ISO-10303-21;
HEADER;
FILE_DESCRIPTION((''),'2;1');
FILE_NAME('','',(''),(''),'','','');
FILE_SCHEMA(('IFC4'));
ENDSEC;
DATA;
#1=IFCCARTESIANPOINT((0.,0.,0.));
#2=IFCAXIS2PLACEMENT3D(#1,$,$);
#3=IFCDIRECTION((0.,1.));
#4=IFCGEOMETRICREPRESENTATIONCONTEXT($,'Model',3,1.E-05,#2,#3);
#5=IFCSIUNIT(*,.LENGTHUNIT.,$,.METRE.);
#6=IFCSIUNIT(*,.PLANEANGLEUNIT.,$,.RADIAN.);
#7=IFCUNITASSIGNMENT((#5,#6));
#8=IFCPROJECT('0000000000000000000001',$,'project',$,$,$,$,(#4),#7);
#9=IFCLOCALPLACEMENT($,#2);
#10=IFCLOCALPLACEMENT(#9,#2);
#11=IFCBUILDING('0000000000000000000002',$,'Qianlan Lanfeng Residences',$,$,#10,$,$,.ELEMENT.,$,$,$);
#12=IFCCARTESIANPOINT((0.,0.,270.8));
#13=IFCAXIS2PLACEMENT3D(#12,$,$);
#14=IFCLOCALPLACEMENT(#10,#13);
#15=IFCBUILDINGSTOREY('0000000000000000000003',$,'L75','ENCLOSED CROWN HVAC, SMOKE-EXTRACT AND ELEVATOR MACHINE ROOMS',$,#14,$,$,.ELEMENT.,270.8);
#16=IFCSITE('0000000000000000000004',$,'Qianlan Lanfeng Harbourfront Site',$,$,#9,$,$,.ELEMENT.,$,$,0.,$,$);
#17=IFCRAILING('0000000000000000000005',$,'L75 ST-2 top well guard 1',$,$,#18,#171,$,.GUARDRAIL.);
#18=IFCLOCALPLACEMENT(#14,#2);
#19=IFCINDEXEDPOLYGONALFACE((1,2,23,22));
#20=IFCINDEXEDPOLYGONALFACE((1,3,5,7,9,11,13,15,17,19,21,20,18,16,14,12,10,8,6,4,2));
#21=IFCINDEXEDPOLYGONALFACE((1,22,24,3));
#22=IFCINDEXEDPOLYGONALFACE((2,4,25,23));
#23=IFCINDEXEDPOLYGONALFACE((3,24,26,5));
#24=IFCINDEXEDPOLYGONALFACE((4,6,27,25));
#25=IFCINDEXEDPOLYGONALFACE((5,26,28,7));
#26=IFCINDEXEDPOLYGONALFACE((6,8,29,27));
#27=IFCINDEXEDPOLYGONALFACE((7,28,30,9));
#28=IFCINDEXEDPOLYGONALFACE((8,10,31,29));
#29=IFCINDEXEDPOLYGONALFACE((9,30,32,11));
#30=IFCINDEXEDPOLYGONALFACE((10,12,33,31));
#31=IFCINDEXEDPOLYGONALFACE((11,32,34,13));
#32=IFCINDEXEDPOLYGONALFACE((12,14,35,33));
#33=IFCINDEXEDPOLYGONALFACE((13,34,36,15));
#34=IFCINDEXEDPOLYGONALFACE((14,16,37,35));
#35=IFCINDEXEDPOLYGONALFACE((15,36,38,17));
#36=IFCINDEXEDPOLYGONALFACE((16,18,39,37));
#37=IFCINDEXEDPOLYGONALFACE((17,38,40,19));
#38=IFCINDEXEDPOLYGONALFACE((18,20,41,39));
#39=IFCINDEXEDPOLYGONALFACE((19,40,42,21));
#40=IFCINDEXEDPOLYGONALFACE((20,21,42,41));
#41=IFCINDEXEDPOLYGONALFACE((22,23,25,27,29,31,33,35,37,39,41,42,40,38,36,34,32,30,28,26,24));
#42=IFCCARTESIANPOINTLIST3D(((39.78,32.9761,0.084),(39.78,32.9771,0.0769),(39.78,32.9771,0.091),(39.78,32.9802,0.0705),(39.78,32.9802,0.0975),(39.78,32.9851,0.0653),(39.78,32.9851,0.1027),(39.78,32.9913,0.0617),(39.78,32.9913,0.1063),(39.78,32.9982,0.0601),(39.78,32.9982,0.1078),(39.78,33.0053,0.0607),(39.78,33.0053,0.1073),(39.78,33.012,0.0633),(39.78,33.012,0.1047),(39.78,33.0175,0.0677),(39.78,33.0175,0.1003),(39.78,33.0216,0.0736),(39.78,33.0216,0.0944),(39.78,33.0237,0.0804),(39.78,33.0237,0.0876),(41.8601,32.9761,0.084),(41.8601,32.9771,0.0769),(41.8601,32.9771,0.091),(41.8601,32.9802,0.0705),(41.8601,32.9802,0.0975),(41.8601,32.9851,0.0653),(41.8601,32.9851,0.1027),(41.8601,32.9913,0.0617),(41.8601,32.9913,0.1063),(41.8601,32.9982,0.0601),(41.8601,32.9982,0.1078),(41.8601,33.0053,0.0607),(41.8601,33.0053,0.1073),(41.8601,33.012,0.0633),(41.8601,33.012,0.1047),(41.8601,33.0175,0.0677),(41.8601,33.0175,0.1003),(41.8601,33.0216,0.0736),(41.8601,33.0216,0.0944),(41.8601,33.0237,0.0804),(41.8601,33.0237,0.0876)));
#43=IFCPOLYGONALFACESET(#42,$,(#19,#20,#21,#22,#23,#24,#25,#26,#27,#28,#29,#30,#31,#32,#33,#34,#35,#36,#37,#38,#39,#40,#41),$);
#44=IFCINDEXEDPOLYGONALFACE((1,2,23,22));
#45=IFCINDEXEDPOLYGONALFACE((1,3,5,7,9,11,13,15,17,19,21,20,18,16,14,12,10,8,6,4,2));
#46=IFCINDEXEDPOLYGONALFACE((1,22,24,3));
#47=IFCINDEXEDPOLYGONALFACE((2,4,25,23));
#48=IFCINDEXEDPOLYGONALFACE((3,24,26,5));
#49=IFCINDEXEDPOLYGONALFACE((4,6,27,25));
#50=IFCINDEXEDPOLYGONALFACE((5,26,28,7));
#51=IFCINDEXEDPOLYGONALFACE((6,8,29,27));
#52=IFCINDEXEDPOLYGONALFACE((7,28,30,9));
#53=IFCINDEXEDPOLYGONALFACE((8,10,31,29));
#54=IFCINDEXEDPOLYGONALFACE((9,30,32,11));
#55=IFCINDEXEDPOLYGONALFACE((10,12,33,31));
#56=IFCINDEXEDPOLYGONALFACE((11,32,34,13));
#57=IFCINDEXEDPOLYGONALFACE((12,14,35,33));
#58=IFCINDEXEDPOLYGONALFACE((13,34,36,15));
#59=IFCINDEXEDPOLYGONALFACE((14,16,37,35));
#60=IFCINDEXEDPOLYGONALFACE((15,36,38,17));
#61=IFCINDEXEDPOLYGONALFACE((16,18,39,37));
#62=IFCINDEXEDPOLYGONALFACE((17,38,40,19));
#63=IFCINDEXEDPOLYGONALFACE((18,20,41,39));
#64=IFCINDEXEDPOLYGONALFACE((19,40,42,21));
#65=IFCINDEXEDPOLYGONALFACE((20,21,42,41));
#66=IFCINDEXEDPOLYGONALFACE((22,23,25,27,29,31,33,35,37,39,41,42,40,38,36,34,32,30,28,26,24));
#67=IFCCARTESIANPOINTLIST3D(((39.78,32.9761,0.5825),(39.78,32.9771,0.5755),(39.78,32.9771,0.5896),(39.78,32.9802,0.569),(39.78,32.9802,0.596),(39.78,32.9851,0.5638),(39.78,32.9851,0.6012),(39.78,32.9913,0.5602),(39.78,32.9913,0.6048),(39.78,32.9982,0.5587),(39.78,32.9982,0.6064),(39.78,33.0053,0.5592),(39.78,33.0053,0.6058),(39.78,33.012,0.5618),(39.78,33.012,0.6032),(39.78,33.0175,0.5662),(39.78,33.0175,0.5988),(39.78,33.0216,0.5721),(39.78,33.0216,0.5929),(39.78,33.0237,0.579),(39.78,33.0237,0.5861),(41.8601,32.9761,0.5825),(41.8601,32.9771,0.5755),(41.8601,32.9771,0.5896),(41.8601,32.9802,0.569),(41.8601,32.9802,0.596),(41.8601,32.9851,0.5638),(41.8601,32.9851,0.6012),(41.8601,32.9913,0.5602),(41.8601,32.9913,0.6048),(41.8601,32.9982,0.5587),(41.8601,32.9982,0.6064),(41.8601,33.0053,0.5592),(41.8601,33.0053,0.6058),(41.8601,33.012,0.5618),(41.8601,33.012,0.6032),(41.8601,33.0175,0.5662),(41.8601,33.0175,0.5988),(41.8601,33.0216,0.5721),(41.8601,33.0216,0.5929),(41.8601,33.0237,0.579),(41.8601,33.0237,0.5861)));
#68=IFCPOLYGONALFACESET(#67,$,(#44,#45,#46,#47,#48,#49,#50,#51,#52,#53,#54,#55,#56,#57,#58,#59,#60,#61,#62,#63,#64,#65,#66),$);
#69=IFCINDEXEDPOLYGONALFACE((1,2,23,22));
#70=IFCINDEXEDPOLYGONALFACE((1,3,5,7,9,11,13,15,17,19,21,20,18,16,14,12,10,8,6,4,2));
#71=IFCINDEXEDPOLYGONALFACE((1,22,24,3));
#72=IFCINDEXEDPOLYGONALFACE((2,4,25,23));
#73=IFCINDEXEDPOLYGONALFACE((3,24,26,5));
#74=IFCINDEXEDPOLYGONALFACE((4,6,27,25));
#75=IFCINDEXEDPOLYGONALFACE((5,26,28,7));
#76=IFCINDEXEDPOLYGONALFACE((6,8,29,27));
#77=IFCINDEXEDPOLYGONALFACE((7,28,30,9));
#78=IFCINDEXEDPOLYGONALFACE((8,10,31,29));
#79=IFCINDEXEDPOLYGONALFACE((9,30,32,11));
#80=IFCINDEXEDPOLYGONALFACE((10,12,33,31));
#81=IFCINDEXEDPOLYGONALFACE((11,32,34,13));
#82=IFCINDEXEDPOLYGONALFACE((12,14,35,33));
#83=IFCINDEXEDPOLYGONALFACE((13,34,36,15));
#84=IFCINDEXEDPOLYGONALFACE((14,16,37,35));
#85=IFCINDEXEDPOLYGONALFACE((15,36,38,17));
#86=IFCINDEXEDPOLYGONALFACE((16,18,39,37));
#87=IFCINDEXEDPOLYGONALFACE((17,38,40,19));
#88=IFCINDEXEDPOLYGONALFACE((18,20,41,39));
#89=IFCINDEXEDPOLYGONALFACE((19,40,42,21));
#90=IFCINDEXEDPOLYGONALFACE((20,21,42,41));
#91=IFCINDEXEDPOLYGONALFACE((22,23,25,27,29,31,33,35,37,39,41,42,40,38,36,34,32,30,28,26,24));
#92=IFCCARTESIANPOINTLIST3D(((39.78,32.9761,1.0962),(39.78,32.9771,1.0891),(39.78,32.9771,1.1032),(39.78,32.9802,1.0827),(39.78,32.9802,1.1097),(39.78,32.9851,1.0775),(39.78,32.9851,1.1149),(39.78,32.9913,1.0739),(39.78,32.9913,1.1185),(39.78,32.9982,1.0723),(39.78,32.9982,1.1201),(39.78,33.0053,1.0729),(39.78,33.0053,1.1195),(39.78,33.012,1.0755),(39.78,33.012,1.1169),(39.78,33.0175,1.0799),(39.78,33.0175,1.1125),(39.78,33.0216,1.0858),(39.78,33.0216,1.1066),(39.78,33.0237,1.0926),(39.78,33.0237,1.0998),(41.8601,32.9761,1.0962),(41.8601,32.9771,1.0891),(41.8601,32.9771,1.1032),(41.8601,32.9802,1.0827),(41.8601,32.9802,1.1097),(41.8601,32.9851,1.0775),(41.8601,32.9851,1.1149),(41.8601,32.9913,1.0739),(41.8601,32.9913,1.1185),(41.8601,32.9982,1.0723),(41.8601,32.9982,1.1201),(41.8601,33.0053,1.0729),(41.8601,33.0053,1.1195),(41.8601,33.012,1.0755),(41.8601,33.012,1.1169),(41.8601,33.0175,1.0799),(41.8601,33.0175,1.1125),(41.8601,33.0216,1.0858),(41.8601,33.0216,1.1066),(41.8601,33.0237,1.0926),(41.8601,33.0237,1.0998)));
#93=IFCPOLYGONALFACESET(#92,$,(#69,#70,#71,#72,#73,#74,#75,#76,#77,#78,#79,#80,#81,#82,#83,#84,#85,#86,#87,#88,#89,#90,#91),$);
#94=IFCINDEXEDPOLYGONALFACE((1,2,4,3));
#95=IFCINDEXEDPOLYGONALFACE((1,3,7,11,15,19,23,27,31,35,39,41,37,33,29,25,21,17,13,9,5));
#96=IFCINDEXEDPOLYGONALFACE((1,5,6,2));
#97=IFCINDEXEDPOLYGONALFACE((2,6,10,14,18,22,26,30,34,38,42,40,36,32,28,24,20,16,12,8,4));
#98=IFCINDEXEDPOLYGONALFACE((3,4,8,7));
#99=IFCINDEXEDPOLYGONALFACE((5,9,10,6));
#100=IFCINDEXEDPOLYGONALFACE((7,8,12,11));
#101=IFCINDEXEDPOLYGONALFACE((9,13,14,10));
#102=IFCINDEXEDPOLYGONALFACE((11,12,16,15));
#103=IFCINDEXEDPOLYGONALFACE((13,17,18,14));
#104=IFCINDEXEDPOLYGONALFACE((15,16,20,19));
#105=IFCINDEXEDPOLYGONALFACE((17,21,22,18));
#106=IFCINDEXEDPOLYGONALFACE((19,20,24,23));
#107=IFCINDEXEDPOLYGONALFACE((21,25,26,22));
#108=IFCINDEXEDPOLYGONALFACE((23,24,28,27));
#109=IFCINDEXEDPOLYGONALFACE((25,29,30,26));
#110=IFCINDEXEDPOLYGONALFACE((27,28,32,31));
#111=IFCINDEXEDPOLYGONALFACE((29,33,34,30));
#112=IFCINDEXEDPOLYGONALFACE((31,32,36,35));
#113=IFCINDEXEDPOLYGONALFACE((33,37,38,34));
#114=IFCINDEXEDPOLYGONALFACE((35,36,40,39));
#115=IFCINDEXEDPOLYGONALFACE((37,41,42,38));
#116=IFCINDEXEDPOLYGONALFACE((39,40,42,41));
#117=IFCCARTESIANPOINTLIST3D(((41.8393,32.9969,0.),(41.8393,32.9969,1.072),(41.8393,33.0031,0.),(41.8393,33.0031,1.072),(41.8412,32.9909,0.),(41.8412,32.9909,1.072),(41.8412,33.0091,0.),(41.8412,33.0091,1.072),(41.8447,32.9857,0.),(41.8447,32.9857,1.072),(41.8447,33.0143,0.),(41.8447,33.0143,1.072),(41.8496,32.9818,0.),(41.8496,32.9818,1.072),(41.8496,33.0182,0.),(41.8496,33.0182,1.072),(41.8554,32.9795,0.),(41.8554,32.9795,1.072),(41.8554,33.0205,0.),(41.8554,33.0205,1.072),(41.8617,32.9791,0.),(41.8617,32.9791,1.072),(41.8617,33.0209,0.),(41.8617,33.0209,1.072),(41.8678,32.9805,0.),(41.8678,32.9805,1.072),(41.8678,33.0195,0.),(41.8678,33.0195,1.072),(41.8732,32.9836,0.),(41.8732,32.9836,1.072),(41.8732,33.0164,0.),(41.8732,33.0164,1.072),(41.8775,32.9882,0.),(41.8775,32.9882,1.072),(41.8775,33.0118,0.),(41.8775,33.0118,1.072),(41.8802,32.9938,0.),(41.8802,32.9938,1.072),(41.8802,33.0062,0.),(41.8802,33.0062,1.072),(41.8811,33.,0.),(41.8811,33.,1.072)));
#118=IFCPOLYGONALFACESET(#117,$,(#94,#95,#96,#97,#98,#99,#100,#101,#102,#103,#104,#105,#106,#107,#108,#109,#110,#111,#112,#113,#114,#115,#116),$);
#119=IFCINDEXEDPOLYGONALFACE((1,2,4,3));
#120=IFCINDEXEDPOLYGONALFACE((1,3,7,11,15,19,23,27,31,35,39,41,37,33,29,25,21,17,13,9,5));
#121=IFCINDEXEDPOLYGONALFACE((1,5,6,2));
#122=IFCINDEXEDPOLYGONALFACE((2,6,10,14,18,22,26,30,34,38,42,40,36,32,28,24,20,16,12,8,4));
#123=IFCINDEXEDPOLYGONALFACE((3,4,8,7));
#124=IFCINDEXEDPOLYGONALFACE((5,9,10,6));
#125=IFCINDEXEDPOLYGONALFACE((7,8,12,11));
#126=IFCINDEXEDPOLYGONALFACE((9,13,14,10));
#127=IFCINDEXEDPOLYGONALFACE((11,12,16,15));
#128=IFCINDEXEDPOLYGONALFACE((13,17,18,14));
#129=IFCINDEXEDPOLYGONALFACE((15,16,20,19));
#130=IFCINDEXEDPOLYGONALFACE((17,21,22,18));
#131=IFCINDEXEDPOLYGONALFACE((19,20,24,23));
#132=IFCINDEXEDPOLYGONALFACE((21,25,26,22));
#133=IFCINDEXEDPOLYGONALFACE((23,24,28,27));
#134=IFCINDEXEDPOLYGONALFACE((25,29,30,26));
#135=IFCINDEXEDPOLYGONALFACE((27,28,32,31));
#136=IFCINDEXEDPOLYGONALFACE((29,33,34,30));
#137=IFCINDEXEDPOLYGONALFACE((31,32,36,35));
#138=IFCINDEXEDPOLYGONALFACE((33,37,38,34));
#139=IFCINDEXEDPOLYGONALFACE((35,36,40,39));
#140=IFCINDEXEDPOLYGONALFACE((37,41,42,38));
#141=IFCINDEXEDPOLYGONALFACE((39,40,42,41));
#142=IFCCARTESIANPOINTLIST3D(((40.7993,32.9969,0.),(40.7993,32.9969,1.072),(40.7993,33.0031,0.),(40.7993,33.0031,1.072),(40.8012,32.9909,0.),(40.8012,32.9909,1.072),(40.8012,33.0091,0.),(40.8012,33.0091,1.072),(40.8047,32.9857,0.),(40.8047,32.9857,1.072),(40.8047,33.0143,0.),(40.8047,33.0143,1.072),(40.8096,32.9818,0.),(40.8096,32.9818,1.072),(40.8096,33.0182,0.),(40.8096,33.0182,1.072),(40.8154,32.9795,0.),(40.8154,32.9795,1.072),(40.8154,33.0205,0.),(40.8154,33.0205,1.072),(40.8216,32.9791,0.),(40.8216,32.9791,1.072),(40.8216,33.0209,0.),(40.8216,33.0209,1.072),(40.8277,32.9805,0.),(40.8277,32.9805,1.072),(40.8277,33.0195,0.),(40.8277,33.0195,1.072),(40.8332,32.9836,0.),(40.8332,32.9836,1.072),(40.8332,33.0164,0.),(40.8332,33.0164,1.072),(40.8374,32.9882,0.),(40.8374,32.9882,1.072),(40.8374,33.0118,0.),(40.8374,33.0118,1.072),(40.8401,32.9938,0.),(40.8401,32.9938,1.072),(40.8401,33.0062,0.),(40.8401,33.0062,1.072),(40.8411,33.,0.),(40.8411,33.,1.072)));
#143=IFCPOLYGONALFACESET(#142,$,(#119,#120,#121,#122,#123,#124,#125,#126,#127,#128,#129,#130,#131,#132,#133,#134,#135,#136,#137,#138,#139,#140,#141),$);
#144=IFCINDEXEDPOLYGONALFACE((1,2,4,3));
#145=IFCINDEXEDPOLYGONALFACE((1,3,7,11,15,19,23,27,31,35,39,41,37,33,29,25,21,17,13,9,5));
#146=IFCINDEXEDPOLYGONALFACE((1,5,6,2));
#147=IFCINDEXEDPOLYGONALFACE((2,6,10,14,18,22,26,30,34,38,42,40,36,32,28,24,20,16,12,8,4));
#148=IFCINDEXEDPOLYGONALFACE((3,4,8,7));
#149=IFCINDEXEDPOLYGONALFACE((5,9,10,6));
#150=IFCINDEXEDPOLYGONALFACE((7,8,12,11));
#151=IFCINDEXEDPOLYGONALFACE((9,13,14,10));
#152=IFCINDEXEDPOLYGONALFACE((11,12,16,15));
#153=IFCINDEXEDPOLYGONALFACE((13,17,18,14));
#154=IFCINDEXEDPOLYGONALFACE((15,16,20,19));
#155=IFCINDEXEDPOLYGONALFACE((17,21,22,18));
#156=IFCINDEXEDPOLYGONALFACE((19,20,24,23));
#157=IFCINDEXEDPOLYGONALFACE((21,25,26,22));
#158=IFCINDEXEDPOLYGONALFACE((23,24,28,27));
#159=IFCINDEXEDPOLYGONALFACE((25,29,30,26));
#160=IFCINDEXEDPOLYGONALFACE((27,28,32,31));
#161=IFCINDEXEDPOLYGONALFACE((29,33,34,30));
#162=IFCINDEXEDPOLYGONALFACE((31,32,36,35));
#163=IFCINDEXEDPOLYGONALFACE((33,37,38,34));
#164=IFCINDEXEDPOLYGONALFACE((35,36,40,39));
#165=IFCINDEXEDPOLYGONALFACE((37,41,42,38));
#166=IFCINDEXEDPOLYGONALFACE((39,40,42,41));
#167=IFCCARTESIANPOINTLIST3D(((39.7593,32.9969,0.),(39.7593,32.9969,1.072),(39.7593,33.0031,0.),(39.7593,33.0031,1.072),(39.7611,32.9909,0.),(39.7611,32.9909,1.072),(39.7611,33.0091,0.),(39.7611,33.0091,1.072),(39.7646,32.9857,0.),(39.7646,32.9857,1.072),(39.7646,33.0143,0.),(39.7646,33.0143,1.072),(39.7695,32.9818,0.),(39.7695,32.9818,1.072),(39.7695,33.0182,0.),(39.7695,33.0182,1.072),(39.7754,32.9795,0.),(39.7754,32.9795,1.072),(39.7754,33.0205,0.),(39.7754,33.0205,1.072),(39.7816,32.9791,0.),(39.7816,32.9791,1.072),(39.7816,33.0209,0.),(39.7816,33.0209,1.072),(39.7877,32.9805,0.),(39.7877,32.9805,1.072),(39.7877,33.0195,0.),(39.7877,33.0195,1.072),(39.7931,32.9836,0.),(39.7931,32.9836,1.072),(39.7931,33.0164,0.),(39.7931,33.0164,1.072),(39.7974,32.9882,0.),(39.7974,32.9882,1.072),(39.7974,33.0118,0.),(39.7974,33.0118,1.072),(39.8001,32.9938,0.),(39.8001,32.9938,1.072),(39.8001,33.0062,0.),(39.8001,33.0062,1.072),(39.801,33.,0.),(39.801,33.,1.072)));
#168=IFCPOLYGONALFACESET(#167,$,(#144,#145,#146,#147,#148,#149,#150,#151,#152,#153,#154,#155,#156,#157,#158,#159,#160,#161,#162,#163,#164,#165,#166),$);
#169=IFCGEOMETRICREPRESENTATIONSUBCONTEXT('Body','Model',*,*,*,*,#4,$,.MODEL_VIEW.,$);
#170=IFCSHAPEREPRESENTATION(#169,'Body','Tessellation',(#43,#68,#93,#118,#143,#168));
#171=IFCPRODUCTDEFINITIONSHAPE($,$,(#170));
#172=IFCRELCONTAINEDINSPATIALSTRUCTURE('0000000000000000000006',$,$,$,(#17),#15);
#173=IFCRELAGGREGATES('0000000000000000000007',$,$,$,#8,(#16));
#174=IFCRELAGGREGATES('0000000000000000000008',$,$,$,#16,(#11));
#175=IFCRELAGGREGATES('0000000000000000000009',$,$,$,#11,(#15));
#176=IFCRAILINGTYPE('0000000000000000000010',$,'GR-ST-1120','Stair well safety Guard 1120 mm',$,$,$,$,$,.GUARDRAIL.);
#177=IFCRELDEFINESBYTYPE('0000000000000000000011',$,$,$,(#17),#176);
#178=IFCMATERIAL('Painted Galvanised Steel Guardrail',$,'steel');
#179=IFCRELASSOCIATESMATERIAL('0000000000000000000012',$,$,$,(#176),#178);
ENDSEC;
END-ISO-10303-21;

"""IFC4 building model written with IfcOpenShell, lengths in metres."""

from ifc_helpers import new_model, si_unit, direction, frame, origin, origin_2d, place, context, subcontext, project, spatial, circle, extrude, material, type_object, element, save


model = new_model("IFC4")

# Units and contexts
model_context = context("Model", 3, precision=1e-05, world=origin(), true_north=direction((0.0, 1.0)))
body_context = subcontext(model_context, "Body", "Model", "MODEL_VIEW")
ifc_project = project(units=[si_unit("LENGTHUNIT", "METRE"), si_unit("PLANEANGLEUNIT", "RADIAN")], contexts=[model_context])

# Site, building, storey
site_placement = place(None, origin())
site = spatial("IfcSite", under=ifc_project, at=site_placement, Name="Qianlan Lanfeng Harbourfront Site", CompositionType="ELEMENT", RefElevation=0.0)
building_placement = place(site_placement, origin())
building = spatial("IfcBuilding", under=site, at=building_placement, Name="Qianlan Lanfeng Residences", CompositionType="ELEMENT")
storey_placement = place(building_placement, frame((0.0, 0.0, 270.8)))
storey = spatial("IfcBuildingStorey", under=building, at=storey_placement, Name="L75", Description="ENCLOSED CROWN HVAC, SMOKE-EXTRACT AND ELEVATOR MACHINE ROOMS", CompositionType="ELEMENT", Elevation=270.8)

# Railing
ifc_material_1 = material(Name="Painted Galvanised Steel Guardrail", Category="steel")
railing_type = type_object("IfcRailingType", Name="GR-ST-1120", Description="Stair well safety Guard 1120 mm", PredefinedType="GUARDRAIL", material=ifc_material_1)
railing_placement = place(storey_placement, frame((41.8601, 33.0, 0.0)))
element("IfcRailing", 1, at=railing_placement, inside=storey, type_object=railing_type, Name="L75 ST-2 top well guard 1", PredefinedType="GUARDRAIL", context=body_context, shape_type="SweptSolid", body=[
    extrude(circle(Radius=0.0239, at=origin_2d()), frame((0.0, 0.0, 0.084), z_axis=(-1.0, 0.0, 0.0), x_axis=(0.0, -1.0, 0.0)), (0.0, 0.0, 1.0), 2.0801),
    extrude(circle(Radius=0.0239, at=origin_2d()), frame((0.0, 0.0, 0.5825), z_axis=(-1.0, 0.0, 0.0), x_axis=(0.0, -1.0, 0.0)), (0.0, 0.0, 1.0), 2.0801),
    extrude(circle(Radius=0.0239, at=origin_2d()), frame((0.0, 0.0, 1.0962), z_axis=(-1.0, 0.0, 0.0), x_axis=(0.0, -1.0, 0.0)), (0.0, 0.0, 1.0), 2.0801),
    extrude(circle(Radius=0.021, at=origin_2d()), origin(), (0.0, 0.0, 1.0), 1.072),
    extrude(circle(Radius=0.021, at=origin_2d()), frame((-1.04, 0.0, 0.0)), (0.0, 0.0, 1.0), 1.072),
    extrude(circle(Radius=0.021, at=origin_2d()), frame((-2.0801, 0.0, 0.0)), (0.0, 0.0, 1.0), 1.072),
])

save(model, "model.ifc")
